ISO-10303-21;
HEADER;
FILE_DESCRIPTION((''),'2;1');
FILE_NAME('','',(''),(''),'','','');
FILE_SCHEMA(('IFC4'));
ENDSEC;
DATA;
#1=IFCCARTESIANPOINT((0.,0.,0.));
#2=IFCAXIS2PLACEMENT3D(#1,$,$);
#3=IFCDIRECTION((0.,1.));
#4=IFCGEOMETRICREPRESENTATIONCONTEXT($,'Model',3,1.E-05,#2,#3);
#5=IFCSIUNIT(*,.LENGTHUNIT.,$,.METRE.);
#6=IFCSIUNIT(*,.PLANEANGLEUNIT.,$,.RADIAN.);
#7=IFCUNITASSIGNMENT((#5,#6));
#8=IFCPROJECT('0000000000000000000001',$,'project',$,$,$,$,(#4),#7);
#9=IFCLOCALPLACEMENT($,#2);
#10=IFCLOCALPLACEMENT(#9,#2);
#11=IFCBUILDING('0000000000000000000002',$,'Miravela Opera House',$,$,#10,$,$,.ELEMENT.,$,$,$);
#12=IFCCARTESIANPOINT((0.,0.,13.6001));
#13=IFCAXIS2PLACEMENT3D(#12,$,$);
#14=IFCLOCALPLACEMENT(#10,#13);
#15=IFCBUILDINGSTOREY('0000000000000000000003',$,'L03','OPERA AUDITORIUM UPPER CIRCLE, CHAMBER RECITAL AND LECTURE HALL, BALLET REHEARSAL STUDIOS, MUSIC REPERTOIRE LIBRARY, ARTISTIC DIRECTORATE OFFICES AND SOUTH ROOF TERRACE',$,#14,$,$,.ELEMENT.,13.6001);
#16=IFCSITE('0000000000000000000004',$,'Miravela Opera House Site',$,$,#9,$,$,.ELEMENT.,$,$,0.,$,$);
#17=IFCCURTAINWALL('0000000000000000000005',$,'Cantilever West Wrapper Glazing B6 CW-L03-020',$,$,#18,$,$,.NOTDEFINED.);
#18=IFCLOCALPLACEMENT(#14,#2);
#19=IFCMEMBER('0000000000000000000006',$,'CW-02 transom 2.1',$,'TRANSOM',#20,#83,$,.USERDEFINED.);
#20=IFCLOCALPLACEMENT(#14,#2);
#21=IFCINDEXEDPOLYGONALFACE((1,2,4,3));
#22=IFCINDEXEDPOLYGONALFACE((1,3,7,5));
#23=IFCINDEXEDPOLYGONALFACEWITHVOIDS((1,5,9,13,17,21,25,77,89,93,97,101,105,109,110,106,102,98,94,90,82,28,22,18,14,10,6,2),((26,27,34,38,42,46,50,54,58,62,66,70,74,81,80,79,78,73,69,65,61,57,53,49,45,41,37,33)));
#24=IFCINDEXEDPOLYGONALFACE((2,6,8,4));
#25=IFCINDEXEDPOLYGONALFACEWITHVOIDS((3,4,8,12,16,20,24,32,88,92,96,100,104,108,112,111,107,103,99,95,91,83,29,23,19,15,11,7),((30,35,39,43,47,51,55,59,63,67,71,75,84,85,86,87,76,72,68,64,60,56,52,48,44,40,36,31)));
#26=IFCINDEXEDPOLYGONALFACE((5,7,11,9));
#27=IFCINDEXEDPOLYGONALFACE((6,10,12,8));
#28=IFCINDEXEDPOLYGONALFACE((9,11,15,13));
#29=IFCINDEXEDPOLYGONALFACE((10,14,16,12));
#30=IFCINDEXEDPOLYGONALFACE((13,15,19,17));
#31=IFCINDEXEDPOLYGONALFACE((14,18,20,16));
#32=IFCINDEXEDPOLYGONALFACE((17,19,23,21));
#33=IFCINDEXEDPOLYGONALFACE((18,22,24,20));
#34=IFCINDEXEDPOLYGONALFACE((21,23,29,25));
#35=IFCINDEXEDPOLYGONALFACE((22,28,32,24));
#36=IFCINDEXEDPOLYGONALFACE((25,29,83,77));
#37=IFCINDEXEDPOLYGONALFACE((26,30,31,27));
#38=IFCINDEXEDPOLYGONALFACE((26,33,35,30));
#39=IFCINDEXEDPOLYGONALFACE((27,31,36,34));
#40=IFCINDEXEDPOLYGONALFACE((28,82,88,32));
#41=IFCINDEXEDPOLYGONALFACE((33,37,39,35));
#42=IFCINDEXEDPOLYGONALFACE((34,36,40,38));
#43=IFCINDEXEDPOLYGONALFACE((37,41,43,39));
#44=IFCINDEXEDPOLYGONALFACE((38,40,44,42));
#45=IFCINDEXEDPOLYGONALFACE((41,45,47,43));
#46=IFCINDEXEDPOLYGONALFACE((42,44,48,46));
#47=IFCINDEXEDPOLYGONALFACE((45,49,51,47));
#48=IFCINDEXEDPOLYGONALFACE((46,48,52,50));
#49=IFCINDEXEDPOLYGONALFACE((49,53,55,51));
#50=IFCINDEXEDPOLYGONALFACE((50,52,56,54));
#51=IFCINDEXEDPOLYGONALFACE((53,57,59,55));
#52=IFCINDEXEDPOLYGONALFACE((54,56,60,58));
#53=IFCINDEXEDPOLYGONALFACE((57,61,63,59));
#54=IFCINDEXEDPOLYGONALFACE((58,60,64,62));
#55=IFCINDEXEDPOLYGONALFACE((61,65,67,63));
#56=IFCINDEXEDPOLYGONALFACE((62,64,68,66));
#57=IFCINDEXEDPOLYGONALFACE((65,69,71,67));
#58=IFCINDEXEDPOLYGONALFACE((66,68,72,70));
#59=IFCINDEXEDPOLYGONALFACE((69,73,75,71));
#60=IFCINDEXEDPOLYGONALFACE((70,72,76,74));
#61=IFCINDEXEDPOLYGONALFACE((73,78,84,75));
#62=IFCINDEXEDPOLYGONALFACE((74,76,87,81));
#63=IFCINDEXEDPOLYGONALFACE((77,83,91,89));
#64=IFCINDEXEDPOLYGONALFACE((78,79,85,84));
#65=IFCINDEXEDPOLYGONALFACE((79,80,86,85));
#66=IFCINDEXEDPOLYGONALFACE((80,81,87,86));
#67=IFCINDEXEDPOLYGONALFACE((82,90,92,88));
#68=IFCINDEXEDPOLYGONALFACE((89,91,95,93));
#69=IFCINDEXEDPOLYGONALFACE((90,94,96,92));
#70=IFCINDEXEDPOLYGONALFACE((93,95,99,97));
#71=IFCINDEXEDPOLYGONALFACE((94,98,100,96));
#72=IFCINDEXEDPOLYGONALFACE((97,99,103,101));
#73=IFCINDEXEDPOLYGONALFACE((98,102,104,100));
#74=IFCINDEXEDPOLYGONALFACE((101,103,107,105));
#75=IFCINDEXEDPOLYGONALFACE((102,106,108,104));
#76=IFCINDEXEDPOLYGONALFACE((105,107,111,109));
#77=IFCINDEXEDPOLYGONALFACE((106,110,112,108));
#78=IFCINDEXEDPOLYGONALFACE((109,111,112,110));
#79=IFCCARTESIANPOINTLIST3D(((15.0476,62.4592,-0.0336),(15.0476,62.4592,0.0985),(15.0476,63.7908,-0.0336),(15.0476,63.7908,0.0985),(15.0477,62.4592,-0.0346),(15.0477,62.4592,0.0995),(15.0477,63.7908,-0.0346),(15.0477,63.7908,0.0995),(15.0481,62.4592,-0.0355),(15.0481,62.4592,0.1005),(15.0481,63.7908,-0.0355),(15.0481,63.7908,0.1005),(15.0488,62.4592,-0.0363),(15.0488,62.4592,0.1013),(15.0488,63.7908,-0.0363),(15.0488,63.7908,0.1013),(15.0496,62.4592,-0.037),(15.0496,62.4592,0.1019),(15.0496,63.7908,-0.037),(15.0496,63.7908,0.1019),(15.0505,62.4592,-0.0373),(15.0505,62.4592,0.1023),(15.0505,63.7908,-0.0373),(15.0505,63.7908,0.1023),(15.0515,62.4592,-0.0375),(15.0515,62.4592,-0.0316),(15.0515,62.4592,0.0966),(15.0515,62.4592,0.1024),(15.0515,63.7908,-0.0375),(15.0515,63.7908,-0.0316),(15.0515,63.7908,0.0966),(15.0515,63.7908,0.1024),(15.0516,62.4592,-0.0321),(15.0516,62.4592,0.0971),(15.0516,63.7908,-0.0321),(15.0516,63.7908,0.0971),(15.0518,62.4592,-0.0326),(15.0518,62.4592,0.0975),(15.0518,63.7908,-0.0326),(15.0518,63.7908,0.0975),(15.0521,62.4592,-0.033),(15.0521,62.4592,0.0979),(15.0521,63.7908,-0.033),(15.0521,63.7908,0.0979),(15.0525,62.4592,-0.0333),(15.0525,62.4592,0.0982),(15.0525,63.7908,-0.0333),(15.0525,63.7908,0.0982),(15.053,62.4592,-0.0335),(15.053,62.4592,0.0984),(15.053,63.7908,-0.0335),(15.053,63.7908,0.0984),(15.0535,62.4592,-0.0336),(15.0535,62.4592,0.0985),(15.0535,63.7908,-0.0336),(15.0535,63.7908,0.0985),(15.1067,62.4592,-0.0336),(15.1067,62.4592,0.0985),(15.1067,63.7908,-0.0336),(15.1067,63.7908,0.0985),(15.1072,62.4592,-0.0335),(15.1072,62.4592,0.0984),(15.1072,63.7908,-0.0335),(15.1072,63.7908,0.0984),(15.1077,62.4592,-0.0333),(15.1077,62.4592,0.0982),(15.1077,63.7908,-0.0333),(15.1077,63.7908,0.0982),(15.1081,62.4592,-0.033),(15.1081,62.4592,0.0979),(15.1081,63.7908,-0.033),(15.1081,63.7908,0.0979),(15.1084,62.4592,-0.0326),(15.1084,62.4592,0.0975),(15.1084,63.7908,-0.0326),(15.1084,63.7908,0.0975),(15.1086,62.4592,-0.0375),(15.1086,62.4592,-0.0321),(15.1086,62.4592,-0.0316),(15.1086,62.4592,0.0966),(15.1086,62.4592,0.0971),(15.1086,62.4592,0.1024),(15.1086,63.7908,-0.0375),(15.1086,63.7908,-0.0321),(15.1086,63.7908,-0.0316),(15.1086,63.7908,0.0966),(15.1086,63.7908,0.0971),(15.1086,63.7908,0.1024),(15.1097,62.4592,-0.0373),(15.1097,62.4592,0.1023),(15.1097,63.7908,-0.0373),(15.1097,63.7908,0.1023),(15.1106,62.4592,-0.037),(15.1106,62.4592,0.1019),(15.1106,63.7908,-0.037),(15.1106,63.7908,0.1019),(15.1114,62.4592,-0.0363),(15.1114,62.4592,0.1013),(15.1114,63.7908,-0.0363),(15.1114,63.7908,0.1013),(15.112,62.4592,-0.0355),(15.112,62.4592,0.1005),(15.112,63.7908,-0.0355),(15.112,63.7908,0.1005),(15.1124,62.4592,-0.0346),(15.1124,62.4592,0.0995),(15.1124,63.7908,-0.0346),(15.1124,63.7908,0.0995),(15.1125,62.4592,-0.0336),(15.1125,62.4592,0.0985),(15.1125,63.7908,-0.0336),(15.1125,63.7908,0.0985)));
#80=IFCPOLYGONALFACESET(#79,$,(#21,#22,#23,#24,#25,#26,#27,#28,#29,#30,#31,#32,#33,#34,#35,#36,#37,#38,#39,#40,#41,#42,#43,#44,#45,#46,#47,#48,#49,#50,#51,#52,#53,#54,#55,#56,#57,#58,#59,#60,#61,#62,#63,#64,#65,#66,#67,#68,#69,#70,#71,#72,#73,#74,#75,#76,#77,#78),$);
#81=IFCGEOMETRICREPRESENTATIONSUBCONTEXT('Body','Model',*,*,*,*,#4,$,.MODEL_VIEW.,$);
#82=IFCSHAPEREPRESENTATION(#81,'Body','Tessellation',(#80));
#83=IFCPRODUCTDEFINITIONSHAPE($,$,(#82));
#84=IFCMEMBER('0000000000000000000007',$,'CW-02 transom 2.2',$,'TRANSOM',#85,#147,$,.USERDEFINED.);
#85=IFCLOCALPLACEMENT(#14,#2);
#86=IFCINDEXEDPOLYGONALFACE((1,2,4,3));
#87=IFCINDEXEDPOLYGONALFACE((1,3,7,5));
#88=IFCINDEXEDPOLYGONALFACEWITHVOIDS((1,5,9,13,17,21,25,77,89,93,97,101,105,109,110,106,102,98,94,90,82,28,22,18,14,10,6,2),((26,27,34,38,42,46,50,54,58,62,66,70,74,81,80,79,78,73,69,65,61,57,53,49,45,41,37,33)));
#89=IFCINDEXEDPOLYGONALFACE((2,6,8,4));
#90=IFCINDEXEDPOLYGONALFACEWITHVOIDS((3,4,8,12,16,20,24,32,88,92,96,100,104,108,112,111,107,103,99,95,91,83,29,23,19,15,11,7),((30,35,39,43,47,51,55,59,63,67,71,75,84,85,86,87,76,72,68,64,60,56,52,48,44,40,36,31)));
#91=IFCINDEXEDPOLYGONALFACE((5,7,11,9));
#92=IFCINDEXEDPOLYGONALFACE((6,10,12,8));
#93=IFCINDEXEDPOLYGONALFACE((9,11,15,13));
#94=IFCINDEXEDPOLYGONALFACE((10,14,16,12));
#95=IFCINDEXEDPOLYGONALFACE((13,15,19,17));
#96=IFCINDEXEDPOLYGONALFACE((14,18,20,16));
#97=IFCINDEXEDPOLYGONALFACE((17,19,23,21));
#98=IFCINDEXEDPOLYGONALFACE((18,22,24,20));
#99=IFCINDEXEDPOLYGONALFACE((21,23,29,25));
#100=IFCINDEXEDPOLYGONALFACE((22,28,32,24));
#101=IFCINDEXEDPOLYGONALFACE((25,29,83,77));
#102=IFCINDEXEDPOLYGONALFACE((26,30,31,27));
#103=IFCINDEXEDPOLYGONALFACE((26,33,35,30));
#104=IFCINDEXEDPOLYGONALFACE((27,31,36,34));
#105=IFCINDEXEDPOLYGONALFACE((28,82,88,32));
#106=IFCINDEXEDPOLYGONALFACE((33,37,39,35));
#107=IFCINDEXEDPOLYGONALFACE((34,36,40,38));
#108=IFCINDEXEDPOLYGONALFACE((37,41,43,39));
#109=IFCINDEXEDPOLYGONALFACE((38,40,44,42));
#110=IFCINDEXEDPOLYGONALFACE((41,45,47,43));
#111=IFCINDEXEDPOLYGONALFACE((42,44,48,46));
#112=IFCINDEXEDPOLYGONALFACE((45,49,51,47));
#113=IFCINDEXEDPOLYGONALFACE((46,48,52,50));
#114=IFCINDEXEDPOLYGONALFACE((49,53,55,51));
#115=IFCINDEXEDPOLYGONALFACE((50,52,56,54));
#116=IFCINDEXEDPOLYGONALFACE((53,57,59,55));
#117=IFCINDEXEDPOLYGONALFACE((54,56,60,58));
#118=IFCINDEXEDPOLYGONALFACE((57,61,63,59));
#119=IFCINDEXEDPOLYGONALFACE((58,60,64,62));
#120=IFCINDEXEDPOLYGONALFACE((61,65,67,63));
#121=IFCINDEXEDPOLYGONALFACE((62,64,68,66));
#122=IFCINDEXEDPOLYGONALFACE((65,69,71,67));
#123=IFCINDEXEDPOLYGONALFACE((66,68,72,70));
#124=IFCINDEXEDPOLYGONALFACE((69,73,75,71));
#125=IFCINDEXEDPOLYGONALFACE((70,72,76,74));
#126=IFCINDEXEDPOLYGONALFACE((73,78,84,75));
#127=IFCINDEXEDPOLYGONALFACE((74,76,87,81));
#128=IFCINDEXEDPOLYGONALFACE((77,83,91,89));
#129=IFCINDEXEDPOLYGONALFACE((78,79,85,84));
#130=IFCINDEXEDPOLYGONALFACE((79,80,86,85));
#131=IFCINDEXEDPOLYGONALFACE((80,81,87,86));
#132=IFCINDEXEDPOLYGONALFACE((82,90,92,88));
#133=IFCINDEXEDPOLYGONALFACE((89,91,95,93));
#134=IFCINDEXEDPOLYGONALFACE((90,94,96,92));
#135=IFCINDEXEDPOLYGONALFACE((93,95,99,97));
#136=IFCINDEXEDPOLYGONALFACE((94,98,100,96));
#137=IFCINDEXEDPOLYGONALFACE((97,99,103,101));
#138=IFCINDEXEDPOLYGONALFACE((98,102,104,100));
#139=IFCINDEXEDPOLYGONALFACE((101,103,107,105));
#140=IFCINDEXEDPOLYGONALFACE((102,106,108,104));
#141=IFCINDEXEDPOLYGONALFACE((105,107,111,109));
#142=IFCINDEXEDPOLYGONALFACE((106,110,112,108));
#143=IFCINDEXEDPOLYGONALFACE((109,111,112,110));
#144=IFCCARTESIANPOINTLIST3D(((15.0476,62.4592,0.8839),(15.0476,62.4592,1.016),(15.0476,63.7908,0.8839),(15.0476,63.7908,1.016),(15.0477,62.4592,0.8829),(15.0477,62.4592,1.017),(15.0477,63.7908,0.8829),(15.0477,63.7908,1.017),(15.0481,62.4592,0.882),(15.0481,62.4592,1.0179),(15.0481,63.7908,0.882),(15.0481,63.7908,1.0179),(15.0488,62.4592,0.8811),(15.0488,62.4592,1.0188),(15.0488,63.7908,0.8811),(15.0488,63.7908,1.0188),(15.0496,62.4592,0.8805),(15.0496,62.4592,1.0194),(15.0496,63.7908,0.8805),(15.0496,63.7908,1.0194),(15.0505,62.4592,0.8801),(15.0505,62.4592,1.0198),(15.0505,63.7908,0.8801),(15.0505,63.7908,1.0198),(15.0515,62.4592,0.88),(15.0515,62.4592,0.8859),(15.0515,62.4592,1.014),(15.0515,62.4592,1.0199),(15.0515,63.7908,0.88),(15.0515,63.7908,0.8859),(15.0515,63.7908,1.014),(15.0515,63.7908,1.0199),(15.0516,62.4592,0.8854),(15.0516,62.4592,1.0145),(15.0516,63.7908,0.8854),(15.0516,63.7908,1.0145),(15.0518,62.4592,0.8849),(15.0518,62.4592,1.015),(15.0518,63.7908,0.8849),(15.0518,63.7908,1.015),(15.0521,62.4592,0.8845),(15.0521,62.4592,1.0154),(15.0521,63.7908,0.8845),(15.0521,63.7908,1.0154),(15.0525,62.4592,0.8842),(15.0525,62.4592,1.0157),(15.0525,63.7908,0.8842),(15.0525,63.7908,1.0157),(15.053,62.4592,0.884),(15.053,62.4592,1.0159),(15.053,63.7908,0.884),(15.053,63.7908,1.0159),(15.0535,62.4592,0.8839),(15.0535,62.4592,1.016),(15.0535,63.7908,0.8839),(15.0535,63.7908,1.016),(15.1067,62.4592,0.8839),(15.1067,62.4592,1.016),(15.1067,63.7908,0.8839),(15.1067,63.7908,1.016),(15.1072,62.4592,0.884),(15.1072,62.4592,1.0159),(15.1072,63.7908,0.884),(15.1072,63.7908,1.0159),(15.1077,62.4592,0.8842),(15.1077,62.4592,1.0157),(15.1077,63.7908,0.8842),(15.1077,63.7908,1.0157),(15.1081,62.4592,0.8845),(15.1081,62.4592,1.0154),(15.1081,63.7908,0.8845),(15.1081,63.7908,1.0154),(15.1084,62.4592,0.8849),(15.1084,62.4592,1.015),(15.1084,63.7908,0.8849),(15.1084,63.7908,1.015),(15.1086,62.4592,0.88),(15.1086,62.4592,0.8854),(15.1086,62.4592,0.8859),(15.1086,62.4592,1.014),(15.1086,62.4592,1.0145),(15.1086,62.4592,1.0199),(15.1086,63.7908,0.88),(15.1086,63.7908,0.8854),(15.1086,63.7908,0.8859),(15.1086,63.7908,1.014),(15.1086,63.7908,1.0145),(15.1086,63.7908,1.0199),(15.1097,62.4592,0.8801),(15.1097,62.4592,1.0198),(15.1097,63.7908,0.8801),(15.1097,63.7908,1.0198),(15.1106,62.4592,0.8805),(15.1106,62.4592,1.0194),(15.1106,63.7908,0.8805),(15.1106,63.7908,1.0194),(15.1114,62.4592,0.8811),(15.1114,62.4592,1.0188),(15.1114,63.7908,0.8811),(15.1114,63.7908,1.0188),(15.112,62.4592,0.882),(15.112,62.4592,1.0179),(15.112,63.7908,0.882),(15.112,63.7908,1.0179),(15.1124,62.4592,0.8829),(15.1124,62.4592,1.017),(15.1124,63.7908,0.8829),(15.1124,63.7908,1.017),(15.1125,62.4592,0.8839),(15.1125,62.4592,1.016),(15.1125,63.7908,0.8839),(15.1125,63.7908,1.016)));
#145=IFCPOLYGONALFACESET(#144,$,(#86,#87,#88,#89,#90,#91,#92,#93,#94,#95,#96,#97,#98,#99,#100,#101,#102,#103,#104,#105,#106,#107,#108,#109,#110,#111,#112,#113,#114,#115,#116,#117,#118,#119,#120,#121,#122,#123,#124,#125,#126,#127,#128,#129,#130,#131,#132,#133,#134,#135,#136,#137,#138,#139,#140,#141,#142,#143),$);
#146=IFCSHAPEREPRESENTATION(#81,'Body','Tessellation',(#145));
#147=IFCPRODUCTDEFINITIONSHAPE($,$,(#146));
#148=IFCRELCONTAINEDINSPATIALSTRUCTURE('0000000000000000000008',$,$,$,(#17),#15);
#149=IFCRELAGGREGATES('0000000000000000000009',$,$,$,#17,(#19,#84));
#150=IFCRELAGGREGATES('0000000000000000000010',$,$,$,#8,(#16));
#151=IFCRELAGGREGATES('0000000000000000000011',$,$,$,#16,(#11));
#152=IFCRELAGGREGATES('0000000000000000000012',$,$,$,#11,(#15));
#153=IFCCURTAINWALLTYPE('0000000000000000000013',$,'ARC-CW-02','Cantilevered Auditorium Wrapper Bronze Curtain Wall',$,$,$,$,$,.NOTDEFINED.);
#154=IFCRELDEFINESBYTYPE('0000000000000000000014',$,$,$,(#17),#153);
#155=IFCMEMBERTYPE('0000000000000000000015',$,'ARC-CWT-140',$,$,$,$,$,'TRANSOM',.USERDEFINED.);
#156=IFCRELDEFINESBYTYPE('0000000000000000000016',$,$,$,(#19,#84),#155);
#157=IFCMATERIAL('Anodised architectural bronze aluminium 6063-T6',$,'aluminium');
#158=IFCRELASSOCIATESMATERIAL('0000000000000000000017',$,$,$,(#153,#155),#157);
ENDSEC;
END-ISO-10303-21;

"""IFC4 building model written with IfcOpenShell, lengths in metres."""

from ifc_helpers import new_model, si_unit, direction, frame, origin, origin_2d, place, context, subcontext, project, spatial, hollow_rectangle, extrude, material, material_profile, profile_set, type_object, element, aggregate, save


model = new_model("IFC4")

# Units and contexts
model_context = context("Model", 3, precision=1e-05, world=origin(), true_north=direction((0.0, 1.0)))
body_context = subcontext(model_context, "Body", "Model", "MODEL_VIEW")
ifc_project = project(units=[si_unit("LENGTHUNIT", "METRE"), si_unit("PLANEANGLEUNIT", "RADIAN")], contexts=[model_context])

# Site, building, storey
site_placement = place(None, origin())
site = spatial("IfcSite", under=ifc_project, at=site_placement, Name="Miravela Opera House Site", CompositionType="ELEMENT", RefElevation=0.0)
building_placement = place(site_placement, origin())
building = spatial("IfcBuilding", under=site, at=building_placement, Name="Miravela Opera House", CompositionType="ELEMENT")
storey_placement = place(building_placement, frame((0.0, 0.0, 13.6001)))
storey = spatial("IfcBuildingStorey", under=building, at=storey_placement, Name="L03", Description="OPERA AUDITORIUM UPPER CIRCLE, CHAMBER RECITAL AND LECTURE HALL, BALLET REHEARSAL STUDIOS, MUSIC REPERTOIRE LIBRARY, ARTISTIC DIRECTORATE OFFICES AND SOUTH ROOF TERRACE", CompositionType="ELEMENT", Elevation=13.6001)

# Curtain wall
ifc_material_1 = material(Name="Anodised architectural bronze aluminium 6063-T6", Category="aluminium")
curtain_wall_type = type_object("IfcCurtainWallType", Name="ARC-CW-02", Description="Cantilevered Auditorium Wrapper Bronze Curtain Wall", PredefinedType="NOTDEFINED", material=ifc_material_1)
curtain_wall_1_placement = place(storey_placement, origin())
curtain_wall_1 = element("IfcCurtainWall", 1, at=curtain_wall_1_placement, inside=storey, type_object=curtain_wall_type, Name="Cantilever West Wrapper Glazing B6 CW-L03-020", PredefinedType="NOTDEFINED")

# Members
ifc_material_profile_1 = material_profile(ifc_material_1, hollow_rectangle(XDim=0.0649, YDim=0.1399, WallThickness=0.0039, InnerFilletRadius=0.002, OuterFilletRadius=0.0039, at=origin_2d()), Name="CWT-65X140")
ifc_profile_set_1 = profile_set([ifc_material_profile_1])
member_type_1 = type_object("IfcMemberType", Name="ARC-CWT-140", ElementType="TRANSOM", PredefinedType="USERDEFINED", material=ifc_profile_set_1)
member_1_placement = place(storey_placement, frame((15.0801, 62.4592, 0.0325), z_axis=(0.0, 1.0, 0.0), x_axis=(-1.0, 0.0, 0.0)))
member_1 = element("IfcMember", 2, at=member_1_placement, type_object=member_type_1, Name="CW-02 transom 2.1", ObjectType="TRANSOM", PredefinedType="USERDEFINED", context=body_context, shape_type="SweptSolid", body=[
    extrude(hollow_rectangle(XDim=0.0649, YDim=0.1399, WallThickness=0.0039, InnerFilletRadius=0.002, OuterFilletRadius=0.0039, at=origin_2d()), origin(), (0.0, 0.0, 1.0), 1.3315),
])
member_2_placement = place(storey_placement, frame((15.0801, 62.4592, 0.95), z_axis=(0.0, 1.0, 0.0), x_axis=(-1.0, 0.0, 0.0)))
member_2 = element("IfcMember", 3, at=member_2_placement, type_object=member_type_1, Name="CW-02 transom 2.2", ObjectType="TRANSOM", PredefinedType="USERDEFINED", context=body_context, shape_type="SweptSolid", body=[
    extrude(hollow_rectangle(XDim=0.0649, YDim=0.1399, WallThickness=0.0039, InnerFilletRadius=0.002, OuterFilletRadius=0.0039, at=origin_2d()), origin(), (0.0, 0.0, 1.0), 1.3315),
])

aggregate(curtain_wall_1, [member_1, member_2])

save(model, "model.ifc")
